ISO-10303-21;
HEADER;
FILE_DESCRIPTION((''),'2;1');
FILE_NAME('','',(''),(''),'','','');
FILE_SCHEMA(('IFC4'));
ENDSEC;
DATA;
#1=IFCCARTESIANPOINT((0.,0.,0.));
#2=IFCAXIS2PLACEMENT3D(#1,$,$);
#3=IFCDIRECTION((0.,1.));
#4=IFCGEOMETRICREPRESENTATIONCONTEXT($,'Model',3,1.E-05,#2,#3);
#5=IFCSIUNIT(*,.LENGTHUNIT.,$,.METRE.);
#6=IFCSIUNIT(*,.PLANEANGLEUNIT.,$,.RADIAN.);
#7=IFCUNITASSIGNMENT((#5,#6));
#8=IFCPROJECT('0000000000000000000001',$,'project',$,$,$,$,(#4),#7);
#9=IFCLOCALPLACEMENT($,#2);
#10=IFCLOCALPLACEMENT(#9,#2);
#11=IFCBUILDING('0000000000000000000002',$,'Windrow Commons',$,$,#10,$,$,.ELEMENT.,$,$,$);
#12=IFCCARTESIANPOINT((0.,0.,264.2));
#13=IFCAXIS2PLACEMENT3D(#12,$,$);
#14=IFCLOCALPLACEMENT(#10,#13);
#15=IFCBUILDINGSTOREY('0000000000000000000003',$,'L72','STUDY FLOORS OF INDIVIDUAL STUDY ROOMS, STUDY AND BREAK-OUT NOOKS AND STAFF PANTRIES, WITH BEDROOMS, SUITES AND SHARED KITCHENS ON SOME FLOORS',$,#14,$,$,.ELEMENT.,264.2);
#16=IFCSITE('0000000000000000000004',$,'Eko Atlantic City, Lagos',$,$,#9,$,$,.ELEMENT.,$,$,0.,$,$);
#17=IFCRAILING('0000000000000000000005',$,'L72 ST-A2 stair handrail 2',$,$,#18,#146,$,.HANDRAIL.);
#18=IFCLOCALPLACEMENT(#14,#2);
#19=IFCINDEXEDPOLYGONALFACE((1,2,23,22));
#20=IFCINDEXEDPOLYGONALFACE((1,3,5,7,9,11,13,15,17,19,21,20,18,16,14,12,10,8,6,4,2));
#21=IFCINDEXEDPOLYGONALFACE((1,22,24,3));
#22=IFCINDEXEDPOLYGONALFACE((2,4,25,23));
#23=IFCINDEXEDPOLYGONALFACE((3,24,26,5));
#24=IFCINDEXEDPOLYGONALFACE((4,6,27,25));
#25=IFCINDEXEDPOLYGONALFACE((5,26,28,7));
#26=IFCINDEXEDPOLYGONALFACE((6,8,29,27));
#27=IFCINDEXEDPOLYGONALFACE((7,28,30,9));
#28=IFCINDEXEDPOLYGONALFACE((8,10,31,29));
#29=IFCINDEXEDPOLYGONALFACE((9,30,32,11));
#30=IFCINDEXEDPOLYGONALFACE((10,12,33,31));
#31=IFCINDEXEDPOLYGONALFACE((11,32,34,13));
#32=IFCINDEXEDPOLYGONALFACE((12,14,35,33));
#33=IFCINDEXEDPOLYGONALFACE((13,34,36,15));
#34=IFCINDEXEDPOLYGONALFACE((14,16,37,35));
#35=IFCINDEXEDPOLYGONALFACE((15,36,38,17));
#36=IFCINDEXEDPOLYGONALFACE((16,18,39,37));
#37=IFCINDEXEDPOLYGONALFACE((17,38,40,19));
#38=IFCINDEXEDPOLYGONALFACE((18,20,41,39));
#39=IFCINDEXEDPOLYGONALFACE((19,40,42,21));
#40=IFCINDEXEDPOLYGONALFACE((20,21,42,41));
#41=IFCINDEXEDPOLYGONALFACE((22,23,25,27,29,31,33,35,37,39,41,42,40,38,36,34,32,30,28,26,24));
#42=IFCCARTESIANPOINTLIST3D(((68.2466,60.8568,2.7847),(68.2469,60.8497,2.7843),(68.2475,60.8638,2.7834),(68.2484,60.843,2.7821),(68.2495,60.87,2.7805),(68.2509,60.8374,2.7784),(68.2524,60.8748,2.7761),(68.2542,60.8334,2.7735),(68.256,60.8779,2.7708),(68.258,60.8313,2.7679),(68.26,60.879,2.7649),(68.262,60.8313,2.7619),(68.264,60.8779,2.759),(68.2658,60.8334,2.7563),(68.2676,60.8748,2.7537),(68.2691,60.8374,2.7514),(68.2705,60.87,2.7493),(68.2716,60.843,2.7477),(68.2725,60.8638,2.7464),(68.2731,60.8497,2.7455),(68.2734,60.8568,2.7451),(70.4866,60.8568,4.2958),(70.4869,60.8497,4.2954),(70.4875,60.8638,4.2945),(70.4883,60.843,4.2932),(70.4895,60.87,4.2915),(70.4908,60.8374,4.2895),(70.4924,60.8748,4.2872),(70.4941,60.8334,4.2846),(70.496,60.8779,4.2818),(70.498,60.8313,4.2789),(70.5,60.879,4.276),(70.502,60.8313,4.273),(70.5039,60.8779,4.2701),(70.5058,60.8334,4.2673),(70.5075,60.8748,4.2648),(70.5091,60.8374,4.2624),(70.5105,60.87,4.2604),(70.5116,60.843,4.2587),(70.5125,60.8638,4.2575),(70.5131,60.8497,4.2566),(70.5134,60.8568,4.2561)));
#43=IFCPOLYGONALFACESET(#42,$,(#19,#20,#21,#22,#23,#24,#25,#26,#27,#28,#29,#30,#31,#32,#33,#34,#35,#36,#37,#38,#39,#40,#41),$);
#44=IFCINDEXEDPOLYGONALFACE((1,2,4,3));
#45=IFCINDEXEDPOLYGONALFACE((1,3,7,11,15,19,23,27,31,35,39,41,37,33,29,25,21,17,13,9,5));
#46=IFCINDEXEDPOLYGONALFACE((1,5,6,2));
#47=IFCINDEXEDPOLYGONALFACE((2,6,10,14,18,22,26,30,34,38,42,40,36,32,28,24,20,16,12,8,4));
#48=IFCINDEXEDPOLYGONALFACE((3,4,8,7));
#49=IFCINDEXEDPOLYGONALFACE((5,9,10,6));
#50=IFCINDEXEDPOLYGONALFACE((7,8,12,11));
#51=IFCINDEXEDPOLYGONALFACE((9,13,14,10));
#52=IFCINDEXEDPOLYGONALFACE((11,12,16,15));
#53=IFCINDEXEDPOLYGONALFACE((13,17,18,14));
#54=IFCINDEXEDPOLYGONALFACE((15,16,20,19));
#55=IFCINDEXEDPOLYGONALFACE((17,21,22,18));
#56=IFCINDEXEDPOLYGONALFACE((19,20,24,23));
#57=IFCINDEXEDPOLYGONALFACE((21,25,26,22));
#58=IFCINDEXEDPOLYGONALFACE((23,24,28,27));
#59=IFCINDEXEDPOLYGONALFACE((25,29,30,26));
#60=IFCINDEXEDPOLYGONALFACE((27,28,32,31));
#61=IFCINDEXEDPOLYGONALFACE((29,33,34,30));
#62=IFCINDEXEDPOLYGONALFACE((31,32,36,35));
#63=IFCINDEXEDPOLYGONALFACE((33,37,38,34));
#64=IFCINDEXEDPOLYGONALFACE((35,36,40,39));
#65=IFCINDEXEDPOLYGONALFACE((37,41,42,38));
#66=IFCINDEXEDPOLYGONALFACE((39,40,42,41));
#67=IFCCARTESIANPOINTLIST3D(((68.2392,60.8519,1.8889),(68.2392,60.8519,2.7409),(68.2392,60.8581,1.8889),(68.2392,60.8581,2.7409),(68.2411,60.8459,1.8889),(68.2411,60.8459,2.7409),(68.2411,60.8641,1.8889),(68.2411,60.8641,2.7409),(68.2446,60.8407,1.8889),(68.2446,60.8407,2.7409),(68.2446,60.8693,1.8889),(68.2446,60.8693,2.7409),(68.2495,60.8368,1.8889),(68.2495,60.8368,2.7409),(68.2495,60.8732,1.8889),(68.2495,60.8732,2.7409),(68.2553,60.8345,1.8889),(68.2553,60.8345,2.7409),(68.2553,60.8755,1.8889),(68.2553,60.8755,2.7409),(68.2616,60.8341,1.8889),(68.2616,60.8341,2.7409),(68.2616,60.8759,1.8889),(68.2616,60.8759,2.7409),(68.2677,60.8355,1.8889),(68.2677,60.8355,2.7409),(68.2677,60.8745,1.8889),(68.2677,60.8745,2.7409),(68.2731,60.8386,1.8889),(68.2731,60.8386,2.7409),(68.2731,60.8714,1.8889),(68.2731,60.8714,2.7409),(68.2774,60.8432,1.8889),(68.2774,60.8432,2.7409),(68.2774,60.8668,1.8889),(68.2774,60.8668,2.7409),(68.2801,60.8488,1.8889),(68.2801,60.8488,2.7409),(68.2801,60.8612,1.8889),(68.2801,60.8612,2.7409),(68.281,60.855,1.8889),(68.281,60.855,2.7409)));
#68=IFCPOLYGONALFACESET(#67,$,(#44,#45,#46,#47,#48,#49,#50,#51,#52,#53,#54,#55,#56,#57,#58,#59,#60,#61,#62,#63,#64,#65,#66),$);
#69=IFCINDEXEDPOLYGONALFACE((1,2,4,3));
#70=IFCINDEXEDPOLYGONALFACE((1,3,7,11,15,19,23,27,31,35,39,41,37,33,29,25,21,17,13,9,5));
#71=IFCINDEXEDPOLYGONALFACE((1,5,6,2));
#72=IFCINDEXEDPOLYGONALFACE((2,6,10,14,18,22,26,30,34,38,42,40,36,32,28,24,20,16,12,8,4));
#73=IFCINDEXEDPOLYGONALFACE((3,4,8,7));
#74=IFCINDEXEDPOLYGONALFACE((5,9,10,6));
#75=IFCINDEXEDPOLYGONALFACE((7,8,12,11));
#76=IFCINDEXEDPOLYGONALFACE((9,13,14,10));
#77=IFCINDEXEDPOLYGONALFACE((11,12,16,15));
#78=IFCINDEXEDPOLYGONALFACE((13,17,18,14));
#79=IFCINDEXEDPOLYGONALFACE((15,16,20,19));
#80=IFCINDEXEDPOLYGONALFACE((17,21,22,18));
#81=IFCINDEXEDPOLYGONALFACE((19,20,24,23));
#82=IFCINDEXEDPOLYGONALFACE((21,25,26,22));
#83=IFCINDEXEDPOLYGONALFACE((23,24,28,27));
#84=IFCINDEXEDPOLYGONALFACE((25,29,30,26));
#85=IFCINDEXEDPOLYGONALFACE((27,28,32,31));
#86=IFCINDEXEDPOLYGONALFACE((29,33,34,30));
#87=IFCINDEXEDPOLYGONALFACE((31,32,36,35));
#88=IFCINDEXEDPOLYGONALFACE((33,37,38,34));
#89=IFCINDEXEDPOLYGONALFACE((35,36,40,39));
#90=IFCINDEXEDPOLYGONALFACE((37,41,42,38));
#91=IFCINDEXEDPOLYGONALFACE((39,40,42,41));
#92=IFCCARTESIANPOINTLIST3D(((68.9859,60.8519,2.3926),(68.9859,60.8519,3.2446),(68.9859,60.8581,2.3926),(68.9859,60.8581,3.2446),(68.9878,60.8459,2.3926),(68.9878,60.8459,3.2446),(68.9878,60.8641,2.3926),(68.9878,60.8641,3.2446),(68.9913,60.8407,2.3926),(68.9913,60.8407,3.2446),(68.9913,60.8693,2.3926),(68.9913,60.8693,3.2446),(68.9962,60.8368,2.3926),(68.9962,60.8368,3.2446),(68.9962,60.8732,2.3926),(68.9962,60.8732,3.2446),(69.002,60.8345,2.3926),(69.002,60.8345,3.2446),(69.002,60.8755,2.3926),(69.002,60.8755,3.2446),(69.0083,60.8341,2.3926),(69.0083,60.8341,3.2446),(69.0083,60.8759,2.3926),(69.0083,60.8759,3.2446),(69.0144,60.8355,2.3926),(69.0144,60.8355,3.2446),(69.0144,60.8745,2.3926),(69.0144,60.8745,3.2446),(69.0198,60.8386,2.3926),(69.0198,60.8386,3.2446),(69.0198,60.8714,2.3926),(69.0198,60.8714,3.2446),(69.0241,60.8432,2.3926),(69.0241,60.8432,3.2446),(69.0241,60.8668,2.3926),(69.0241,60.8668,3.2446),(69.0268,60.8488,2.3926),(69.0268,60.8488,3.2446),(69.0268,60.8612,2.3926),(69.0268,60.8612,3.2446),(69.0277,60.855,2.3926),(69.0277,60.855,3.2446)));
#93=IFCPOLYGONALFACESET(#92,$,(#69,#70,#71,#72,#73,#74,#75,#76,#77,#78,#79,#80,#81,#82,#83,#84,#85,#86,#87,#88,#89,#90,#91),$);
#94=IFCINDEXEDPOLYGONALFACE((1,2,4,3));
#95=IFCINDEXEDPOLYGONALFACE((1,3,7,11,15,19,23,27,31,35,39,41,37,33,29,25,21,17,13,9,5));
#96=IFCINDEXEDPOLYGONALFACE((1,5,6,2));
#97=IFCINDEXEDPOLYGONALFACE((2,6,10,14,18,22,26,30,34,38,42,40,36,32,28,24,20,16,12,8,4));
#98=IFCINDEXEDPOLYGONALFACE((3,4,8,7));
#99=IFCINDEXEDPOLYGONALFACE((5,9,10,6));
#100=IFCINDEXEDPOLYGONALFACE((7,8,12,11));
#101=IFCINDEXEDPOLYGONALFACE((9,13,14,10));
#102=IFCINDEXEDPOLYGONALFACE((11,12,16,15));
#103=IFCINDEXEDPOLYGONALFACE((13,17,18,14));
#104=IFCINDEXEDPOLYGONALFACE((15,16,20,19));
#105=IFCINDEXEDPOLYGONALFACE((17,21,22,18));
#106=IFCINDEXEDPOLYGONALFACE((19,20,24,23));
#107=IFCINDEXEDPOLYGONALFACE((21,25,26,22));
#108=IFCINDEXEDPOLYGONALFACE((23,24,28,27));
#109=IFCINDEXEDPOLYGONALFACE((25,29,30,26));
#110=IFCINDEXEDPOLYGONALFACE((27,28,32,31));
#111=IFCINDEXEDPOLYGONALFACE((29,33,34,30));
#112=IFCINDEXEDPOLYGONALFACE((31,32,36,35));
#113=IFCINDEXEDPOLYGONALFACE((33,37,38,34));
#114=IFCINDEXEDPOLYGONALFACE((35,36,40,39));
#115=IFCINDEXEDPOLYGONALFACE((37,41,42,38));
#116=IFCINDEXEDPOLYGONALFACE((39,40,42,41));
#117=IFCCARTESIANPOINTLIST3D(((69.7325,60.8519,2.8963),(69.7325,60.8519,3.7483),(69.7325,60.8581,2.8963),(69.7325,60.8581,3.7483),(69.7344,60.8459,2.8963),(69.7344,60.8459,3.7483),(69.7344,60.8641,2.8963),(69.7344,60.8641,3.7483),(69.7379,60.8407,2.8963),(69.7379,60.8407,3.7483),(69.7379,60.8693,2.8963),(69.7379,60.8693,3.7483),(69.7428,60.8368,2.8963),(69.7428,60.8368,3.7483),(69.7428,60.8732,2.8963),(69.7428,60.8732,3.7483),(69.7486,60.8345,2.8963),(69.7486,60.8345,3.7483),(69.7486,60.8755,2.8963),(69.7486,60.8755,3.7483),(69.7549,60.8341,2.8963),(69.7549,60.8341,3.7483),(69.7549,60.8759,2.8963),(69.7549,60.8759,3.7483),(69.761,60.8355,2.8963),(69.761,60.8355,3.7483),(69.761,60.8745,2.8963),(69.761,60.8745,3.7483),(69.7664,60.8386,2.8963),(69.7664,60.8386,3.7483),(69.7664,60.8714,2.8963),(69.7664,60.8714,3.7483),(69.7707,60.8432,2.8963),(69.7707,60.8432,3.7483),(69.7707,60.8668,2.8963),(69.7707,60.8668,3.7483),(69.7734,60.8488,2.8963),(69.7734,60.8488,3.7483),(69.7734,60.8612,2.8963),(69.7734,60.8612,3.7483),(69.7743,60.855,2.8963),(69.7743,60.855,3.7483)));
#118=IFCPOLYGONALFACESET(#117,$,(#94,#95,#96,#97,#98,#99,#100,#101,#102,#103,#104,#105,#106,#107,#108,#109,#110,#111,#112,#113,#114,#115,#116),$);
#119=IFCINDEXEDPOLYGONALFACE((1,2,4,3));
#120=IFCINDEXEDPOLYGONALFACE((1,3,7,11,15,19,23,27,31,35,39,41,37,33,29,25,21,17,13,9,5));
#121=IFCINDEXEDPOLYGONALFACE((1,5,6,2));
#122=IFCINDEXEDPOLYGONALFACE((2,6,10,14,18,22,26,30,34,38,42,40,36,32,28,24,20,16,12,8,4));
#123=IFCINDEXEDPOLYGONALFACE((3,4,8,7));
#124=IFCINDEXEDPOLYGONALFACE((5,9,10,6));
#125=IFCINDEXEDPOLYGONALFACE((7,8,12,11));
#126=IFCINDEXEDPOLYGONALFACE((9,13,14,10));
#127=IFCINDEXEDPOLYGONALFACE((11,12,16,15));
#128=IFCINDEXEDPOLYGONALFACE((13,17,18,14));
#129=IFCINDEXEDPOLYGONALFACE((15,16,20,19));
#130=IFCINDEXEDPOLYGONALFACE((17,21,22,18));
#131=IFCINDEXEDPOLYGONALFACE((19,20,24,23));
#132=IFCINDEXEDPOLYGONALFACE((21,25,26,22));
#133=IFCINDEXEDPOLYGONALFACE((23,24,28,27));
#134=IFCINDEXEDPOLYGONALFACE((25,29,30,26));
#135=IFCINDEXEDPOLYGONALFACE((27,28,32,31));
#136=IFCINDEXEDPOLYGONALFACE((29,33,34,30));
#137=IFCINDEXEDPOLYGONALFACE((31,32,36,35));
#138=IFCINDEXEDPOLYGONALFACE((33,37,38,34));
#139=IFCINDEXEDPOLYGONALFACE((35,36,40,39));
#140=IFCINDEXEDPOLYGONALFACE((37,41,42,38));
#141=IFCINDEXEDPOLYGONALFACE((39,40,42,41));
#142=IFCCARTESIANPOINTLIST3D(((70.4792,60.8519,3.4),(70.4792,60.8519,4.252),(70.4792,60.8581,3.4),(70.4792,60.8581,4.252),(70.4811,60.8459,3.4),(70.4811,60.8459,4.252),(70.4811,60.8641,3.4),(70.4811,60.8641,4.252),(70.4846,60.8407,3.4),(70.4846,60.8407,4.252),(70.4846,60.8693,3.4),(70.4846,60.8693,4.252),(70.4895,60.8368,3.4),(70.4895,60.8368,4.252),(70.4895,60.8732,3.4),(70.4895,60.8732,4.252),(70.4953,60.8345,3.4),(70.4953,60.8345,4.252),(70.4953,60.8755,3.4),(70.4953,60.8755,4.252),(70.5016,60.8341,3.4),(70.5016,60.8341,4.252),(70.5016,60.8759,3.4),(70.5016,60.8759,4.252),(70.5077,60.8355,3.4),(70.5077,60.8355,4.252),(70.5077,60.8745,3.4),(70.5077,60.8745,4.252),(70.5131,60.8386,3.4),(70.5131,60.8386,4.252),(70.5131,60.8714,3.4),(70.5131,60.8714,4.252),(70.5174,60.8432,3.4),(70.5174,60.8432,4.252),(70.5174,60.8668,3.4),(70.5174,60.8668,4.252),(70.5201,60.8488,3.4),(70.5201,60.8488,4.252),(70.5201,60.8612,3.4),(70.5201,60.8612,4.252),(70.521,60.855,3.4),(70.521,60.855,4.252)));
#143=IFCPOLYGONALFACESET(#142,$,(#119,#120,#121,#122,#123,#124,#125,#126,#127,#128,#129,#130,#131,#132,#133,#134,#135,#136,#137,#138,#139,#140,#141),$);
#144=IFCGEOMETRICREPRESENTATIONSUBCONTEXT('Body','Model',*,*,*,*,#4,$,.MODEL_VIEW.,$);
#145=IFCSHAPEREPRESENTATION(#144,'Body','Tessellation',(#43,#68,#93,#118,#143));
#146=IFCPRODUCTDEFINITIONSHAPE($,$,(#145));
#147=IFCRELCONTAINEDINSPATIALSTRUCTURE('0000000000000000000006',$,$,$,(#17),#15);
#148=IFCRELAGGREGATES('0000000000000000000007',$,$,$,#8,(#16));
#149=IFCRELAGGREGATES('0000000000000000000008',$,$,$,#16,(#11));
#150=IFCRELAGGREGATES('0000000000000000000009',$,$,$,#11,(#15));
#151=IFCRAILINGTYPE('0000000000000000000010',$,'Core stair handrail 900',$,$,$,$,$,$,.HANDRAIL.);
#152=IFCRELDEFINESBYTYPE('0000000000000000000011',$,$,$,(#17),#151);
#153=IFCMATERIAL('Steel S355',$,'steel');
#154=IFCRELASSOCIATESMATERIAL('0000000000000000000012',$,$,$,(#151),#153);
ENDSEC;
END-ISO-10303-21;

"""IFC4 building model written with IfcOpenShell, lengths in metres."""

from ifc_helpers import new_model, si_unit, direction, frame, origin, origin_2d, place, context, subcontext, project, spatial, circle, extrude, material, type_object, element, save


model = new_model("IFC4")

# Units and contexts
model_context = context("Model", 3, precision=1e-05, world=origin(), true_north=direction((0.0, 1.0)))
body_context = subcontext(model_context, "Body", "Model", "MODEL_VIEW")
ifc_project = project(units=[si_unit("LENGTHUNIT", "METRE"), si_unit("PLANEANGLEUNIT", "RADIAN")], contexts=[model_context])

# Site, building, storey
site_placement = place(None, origin())
site = spatial("IfcSite", under=ifc_project, at=site_placement, Name="Eko Atlantic City, Lagos", CompositionType="ELEMENT", RefElevation=0.0)
building_placement = place(site_placement, origin())
building = spatial("IfcBuilding", under=site, at=building_placement, Name="Windrow Commons", CompositionType="ELEMENT")
storey_placement = place(building_placement, frame((0.0, 0.0, 264.2)))
storey = spatial("IfcBuildingStorey", under=building, at=storey_placement, Name="L72", Description="STUDY FLOORS OF INDIVIDUAL STUDY ROOMS, STUDY AND BREAK-OUT NOOKS AND STAFF PANTRIES, WITH BEDROOMS, SUITES AND SHARED KITCHENS ON SOME FLOORS", CompositionType="ELEMENT", Elevation=264.2)

# Railing
ifc_material_1 = material(Name="Steel S355", Category="steel")
railing_type = type_object("IfcRailingType", Name="Core stair handrail 900", PredefinedType="HANDRAIL", material=ifc_material_1)
railing_placement = place(storey_placement, frame((68.26, 60.855, 1.8889)))
element("IfcRailing", 1, at=railing_placement, inside=storey, type_object=railing_type, Name="L72 ST-A2 stair handrail 2", PredefinedType="HANDRAIL", context=body_context, shape_type="SweptSolid", body=[
    extrude(circle(Radius=0.024, at=origin_2d()), frame((0.0, 0.0, 0.876), z_axis=(0.829003, 0.0, 0.559244), x_axis=(0.0, 1.0, 0.0)), (0.0, 0.0, 1.0), 2.702),
    extrude(circle(Radius=0.021, at=origin_2d()), origin(), (0.0, 0.0, 1.0), 0.852),
    extrude(circle(Radius=0.021, at=origin_2d()), frame((0.7467, 0.0, 0.5037)), (0.0, 0.0, 1.0), 0.852),
    extrude(circle(Radius=0.021, at=origin_2d()), frame((1.4933, 0.0, 1.0074)), (0.0, 0.0, 1.0), 0.852),
    extrude(circle(Radius=0.021, at=origin_2d()), frame((2.24, 0.0, 1.5111)), (0.0, 0.0, 1.0), 0.852),
])

save(model, "model.ifc")
